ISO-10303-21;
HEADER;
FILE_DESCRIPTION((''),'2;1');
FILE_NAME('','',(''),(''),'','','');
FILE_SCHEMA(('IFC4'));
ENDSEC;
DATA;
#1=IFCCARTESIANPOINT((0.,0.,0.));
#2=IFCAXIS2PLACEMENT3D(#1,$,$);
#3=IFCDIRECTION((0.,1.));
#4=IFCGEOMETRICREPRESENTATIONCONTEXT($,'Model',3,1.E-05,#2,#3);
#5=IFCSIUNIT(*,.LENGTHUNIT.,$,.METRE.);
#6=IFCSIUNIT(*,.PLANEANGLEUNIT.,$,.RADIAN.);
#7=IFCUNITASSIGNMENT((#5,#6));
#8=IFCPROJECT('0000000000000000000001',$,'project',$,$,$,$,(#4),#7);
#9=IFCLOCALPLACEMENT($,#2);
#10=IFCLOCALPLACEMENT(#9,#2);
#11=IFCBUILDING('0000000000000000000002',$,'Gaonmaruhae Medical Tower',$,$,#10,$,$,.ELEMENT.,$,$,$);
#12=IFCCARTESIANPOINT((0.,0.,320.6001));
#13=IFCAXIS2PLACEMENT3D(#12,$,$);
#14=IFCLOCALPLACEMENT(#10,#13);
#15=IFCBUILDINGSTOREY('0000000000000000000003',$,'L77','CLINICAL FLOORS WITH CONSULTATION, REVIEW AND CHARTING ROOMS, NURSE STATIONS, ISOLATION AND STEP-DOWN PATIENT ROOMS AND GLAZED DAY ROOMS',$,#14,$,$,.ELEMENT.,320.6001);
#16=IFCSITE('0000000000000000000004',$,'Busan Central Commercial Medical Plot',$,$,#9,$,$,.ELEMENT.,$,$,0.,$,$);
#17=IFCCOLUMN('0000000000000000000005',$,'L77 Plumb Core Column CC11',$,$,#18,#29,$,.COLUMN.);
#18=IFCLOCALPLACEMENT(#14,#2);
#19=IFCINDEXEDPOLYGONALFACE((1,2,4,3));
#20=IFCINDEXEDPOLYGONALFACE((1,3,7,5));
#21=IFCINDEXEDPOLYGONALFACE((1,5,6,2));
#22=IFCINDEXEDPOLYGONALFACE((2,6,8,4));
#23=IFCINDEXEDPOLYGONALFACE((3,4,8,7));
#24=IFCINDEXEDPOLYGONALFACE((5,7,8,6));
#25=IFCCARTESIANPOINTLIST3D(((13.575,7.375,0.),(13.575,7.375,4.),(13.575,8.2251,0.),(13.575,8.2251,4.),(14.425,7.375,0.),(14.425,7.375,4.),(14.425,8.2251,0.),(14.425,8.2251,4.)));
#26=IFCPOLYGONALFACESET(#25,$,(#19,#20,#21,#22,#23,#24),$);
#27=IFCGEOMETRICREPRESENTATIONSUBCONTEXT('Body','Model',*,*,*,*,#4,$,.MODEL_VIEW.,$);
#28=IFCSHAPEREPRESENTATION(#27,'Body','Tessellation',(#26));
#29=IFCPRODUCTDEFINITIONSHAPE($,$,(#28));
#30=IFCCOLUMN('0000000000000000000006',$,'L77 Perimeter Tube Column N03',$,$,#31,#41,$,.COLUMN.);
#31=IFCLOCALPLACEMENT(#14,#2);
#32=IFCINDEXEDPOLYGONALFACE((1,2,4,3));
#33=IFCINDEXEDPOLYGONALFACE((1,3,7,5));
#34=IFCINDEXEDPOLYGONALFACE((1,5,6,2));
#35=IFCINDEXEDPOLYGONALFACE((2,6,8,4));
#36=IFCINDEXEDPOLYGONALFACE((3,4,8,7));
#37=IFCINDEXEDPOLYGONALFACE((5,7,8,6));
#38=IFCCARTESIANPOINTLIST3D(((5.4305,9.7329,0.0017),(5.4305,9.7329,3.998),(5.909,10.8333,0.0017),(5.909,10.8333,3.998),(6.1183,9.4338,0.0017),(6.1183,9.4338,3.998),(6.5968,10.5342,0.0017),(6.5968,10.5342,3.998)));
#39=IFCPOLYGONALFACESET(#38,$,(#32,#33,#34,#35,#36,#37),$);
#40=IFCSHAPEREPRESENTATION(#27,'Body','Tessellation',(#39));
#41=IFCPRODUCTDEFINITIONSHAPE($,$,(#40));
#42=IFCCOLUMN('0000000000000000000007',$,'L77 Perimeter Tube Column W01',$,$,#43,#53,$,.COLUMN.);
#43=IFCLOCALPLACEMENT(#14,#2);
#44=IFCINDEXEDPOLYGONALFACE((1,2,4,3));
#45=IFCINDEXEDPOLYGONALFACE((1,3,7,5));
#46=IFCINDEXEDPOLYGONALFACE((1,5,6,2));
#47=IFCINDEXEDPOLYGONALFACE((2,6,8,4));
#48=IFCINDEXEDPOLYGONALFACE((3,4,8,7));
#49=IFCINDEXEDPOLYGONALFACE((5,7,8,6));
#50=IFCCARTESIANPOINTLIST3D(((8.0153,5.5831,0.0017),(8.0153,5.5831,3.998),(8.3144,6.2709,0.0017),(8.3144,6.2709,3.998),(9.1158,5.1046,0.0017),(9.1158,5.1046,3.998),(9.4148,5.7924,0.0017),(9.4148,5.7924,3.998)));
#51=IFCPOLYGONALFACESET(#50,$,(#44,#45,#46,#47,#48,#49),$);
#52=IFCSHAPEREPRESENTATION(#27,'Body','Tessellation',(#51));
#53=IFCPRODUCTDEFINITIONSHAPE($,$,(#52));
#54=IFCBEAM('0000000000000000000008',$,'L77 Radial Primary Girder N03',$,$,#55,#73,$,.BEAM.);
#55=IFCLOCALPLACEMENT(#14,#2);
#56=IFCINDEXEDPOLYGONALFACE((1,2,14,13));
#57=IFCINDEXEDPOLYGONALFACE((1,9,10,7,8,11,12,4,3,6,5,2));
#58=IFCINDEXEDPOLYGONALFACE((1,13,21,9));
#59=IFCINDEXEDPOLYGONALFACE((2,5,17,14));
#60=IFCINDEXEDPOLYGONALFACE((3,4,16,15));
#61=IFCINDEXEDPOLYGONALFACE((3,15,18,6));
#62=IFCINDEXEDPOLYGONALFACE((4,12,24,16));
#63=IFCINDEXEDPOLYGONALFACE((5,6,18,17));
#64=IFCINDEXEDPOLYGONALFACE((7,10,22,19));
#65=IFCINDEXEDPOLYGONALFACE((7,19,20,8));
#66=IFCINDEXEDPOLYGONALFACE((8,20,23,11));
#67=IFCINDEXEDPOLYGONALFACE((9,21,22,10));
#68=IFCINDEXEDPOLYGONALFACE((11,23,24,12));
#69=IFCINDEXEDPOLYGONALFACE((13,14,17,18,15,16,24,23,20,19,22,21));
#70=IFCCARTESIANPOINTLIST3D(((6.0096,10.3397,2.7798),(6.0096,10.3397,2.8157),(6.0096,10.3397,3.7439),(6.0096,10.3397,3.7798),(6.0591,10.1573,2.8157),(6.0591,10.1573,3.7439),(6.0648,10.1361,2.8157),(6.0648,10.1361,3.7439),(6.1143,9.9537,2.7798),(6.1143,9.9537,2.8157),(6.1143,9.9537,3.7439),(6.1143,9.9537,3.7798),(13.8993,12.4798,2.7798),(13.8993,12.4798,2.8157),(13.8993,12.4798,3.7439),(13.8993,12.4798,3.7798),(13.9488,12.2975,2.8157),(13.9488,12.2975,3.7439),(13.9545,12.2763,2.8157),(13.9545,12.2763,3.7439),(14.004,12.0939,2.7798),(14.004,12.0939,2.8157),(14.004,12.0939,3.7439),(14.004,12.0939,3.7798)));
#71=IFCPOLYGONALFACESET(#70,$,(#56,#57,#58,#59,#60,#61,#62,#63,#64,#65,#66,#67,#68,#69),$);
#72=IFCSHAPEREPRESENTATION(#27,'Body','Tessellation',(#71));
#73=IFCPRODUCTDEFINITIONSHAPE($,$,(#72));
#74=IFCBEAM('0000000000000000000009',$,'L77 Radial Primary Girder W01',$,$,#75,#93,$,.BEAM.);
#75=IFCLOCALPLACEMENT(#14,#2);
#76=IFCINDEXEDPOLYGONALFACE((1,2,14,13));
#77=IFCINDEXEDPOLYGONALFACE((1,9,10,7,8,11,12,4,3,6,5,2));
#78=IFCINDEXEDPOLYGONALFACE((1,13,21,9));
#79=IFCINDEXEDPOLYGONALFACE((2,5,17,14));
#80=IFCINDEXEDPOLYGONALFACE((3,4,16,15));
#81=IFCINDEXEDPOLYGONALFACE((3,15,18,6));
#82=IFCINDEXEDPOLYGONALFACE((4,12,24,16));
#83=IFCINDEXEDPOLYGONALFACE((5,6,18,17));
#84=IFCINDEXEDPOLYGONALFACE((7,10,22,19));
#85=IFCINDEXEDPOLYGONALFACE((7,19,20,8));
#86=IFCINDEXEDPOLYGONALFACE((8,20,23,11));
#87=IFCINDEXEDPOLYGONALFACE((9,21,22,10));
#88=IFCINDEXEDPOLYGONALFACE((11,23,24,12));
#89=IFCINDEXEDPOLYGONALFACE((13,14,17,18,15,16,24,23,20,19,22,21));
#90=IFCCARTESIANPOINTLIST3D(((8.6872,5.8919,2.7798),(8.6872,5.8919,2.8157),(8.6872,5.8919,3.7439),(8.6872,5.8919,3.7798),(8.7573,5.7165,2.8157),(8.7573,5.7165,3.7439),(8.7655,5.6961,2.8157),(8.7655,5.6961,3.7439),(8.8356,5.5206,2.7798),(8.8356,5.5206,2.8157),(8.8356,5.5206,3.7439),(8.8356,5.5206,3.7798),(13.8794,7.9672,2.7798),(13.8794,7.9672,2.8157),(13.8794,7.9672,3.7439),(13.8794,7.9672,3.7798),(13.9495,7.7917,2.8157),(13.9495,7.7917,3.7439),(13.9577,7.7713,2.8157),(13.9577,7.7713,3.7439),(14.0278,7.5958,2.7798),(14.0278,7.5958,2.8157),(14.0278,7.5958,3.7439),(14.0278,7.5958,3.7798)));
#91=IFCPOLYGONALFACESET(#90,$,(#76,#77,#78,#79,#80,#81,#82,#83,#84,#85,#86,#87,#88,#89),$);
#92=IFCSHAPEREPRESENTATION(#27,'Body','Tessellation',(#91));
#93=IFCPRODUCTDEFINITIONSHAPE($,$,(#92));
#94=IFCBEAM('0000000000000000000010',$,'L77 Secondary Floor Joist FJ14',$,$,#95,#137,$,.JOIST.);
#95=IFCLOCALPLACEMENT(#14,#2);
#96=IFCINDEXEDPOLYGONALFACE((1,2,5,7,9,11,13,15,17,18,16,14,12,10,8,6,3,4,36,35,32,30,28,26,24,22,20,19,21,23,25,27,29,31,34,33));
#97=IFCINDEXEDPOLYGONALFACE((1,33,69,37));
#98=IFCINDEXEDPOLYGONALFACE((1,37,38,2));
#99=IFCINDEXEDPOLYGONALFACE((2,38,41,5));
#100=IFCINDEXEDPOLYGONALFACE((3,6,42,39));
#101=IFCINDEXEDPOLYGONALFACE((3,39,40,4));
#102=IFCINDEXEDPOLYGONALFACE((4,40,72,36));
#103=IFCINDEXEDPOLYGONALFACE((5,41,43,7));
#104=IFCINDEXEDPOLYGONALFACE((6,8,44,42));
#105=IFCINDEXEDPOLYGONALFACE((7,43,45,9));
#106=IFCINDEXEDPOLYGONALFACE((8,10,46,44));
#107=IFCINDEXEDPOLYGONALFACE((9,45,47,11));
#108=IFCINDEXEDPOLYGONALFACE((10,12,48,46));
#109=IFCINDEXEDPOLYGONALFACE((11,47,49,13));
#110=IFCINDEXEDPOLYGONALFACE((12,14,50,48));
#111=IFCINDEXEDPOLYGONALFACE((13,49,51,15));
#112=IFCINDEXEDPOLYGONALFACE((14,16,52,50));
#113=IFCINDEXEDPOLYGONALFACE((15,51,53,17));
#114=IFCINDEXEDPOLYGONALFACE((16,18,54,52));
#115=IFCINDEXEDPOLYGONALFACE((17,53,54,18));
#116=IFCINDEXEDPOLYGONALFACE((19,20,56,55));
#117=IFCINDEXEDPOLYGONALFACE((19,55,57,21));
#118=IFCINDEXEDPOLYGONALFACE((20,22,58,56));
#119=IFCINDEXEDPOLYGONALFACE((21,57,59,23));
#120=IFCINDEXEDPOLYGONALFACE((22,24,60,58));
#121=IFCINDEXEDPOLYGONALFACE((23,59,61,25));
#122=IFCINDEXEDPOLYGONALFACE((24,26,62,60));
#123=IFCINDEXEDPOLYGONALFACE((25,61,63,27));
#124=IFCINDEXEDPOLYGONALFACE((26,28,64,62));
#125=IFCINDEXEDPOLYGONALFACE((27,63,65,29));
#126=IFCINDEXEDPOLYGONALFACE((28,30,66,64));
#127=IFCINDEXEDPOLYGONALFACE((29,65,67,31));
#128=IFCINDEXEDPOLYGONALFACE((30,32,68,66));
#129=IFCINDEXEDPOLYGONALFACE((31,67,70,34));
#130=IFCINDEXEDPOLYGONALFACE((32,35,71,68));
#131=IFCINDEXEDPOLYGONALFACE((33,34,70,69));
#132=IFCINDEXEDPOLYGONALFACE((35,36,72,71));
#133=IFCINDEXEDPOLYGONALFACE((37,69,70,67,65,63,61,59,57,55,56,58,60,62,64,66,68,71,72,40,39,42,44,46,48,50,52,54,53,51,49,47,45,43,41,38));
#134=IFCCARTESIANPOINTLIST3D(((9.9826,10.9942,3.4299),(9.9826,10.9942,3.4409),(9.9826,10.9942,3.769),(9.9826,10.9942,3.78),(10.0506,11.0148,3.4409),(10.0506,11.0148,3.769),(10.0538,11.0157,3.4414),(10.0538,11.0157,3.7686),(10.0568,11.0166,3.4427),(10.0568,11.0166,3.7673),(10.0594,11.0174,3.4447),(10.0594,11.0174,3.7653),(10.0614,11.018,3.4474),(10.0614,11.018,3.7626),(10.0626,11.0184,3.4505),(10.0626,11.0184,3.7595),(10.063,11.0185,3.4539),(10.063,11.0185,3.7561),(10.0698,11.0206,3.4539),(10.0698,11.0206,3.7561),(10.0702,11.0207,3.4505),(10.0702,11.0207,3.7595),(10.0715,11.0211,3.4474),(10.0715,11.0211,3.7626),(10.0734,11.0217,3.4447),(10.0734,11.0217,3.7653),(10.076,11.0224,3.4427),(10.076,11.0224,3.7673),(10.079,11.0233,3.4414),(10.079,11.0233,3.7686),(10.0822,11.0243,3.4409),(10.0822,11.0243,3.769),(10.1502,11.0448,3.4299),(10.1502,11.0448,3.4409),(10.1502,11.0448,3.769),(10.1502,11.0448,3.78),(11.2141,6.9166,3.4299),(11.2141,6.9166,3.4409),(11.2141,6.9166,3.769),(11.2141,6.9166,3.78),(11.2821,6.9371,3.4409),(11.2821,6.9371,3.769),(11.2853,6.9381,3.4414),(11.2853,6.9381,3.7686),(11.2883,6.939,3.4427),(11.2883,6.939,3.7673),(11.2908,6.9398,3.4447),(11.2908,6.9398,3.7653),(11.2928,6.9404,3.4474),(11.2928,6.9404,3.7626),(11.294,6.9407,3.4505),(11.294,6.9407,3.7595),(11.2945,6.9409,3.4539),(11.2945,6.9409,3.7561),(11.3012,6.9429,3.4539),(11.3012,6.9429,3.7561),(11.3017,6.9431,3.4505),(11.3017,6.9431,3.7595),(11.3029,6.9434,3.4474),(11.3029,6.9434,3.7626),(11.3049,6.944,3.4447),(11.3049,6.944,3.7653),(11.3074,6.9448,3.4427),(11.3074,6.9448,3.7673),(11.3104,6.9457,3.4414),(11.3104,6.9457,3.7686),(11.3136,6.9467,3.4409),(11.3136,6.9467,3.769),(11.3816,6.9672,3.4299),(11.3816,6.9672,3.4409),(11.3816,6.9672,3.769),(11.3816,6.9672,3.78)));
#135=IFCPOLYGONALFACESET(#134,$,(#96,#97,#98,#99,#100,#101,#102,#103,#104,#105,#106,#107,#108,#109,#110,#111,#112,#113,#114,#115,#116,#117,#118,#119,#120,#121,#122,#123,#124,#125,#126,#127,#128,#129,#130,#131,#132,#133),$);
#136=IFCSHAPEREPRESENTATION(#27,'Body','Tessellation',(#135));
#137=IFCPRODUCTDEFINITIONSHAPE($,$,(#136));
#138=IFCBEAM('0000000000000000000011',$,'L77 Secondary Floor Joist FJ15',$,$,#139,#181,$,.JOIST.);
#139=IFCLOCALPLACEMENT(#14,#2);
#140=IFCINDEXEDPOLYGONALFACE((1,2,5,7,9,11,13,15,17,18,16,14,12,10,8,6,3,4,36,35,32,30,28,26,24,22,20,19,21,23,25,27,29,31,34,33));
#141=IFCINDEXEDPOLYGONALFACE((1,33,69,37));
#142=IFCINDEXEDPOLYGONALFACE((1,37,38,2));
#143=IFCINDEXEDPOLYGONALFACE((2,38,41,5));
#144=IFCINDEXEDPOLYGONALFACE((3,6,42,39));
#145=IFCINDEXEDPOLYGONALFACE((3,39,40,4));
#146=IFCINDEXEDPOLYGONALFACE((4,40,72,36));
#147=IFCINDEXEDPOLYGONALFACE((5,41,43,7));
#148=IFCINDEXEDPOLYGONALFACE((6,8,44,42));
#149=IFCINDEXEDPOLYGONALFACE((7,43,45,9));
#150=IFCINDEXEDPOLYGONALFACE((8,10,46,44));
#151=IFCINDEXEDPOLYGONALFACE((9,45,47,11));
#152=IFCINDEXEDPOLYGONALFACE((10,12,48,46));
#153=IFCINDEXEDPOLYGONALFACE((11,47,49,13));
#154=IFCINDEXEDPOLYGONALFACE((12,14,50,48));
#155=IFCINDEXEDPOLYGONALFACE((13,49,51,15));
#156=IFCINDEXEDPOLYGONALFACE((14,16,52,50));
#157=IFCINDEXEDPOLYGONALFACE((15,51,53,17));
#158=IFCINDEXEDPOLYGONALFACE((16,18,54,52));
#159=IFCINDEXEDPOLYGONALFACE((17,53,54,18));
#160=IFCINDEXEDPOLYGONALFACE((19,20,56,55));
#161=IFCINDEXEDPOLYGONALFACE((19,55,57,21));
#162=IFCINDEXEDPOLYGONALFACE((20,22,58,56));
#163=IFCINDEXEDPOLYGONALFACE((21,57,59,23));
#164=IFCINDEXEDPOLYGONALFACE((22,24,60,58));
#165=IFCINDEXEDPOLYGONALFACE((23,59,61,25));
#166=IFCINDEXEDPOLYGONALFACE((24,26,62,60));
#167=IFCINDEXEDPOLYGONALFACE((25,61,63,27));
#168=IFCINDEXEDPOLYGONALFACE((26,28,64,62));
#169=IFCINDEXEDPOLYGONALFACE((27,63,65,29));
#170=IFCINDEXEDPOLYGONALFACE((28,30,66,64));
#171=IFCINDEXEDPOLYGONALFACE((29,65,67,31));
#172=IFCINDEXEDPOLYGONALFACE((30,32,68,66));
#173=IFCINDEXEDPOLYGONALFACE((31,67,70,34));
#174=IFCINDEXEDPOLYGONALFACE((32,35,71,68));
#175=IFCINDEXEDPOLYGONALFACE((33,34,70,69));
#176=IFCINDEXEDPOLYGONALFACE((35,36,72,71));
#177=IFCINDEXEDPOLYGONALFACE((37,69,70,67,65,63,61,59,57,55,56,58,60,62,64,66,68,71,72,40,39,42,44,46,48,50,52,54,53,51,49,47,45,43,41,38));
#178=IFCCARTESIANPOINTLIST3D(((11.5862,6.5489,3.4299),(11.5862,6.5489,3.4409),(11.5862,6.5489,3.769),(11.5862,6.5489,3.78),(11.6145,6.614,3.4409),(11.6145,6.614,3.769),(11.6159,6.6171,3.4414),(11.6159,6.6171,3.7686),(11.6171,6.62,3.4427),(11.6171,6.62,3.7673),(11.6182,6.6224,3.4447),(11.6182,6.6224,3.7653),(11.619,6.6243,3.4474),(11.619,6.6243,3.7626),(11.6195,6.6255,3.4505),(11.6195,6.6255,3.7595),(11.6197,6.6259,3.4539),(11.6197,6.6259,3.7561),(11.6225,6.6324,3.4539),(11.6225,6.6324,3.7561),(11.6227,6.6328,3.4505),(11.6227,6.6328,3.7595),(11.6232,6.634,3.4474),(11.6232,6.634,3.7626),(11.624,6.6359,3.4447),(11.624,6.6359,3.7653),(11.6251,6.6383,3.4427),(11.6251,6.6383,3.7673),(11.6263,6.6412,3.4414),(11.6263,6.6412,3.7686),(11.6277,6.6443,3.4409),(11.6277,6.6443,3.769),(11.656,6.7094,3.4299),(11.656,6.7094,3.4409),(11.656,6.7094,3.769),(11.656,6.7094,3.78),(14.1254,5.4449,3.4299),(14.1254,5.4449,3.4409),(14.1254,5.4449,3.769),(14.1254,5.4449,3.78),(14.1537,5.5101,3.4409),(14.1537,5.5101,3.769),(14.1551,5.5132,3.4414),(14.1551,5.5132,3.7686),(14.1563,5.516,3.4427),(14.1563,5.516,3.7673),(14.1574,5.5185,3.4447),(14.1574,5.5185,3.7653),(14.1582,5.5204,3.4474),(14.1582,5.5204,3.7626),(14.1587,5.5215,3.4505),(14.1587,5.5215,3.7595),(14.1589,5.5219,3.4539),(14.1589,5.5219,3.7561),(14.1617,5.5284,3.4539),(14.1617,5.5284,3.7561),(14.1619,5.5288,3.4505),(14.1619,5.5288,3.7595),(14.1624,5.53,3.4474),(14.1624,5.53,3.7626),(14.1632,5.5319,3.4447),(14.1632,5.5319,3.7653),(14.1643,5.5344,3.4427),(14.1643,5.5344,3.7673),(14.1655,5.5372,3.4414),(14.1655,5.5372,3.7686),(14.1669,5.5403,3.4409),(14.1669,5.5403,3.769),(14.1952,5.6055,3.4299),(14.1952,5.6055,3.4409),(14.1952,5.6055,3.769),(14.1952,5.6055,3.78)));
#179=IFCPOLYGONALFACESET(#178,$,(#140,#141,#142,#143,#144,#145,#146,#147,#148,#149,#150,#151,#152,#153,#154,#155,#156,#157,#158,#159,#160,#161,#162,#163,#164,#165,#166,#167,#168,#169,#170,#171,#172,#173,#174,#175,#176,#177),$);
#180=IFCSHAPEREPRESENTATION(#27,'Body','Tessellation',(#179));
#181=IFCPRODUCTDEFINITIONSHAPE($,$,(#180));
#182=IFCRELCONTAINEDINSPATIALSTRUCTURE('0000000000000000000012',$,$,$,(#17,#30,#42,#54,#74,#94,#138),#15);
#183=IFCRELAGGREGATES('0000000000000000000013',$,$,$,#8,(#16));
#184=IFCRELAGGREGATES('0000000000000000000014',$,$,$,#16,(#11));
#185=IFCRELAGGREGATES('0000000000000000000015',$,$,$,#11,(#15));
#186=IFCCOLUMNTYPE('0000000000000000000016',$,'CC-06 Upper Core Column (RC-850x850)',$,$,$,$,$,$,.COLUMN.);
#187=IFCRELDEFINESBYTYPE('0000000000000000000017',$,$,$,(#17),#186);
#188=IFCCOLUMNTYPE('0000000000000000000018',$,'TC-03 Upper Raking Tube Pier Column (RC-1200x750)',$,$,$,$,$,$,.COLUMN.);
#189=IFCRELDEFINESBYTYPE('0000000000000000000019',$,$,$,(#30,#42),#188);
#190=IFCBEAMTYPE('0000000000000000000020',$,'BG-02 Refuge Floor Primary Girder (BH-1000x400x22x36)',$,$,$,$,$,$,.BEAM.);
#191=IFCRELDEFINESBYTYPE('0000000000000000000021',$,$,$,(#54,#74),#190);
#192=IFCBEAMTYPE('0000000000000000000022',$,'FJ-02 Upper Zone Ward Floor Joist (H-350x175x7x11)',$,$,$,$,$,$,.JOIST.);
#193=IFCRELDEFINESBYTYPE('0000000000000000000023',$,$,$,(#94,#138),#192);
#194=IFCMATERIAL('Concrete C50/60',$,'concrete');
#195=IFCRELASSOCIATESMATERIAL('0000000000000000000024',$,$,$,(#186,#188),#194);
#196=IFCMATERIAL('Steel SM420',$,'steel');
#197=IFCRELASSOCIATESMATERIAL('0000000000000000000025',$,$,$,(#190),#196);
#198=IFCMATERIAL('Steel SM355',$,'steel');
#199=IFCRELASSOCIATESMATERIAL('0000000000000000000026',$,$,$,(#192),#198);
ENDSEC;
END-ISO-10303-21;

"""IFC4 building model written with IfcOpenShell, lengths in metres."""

from ifc_helpers import new_model, si_unit, direction, frame, origin, origin_2d, place, context, subcontext, project, spatial, rectangle, i_section, extrude, material, material_profile, profile_set, type_object, element, save


model = new_model("IFC4")

# Units and contexts
model_context = context("Model", 3, precision=1e-05, world=origin(), true_north=direction((0.0, 1.0)))
body_context = subcontext(model_context, "Body", "Model", "MODEL_VIEW")
ifc_project = project(units=[si_unit("LENGTHUNIT", "METRE"), si_unit("PLANEANGLEUNIT", "RADIAN")], contexts=[model_context])

# Site, building, storey
site_placement = place(None, origin())
site = spatial("IfcSite", under=ifc_project, at=site_placement, Name="Busan Central Commercial Medical Plot", CompositionType="ELEMENT", RefElevation=0.0)
building_placement = place(site_placement, origin())
building = spatial("IfcBuilding", under=site, at=building_placement, Name="Gaonmaruhae Medical Tower", CompositionType="ELEMENT")
storey_placement = place(building_placement, frame((0.0, 0.0, 320.6001)))
storey = spatial("IfcBuildingStorey", under=building, at=storey_placement, Name="L77", Description="CLINICAL FLOORS WITH CONSULTATION, REVIEW AND CHARTING ROOMS, NURSE STATIONS, ISOLATION AND STEP-DOWN PATIENT ROOMS AND GLAZED DAY ROOMS", CompositionType="ELEMENT", Elevation=320.6001)

# Columns
ifc_material_1 = material(Name="Concrete C50/60", Category="concrete")
ifc_material_profile_1 = material_profile(ifc_material_1, rectangle(XDim=0.8501, YDim=0.8501, at=origin_2d()), Name="RC-850x850")
ifc_profile_set_1 = profile_set([ifc_material_profile_1], Name="Concrete C50/60")
column_type_1 = type_object("IfcColumnType", Name="CC-06 Upper Core Column (RC-850x850)", PredefinedType="COLUMN", material=ifc_profile_set_1)
column_placement = place(storey_placement, frame((14.0, 7.8, 0.0), z_axis=(0.0, 0.0, 1.0), x_axis=(1.0, 0.0, 0.0)))
element("IfcColumn", 1, at=column_placement, inside=storey, type_object=column_type_1, Name="L77 Plumb Core Column CC11", PredefinedType="COLUMN", context=body_context, shape_type="SweptSolid", body=[
    extrude(rectangle(XDim=0.8501, YDim=0.8501, at=origin_2d()), origin(), (0.0, 0.0, 1.0), 4.0),
])
ifc_material_profile_2 = material_profile(ifc_material_1, rectangle(XDim=1.2, YDim=0.75, at=origin_2d()), Name="RC-1200x750")
ifc_profile_set_2 = profile_set([ifc_material_profile_2], Name="Concrete C50/60")
column_type_2 = type_object("IfcColumnType", Name="TC-03 Upper Raking Tube Pier Column (RC-1200x750)", PredefinedType="COLUMN", material=ifc_profile_set_2)
for number, where, z_axis, x_axis, name in (
    (2, (6.0137, 10.1335, 0.0017), (0.0, 0.0, 1.0), (0.398749, 0.91706, 0.0), "L77 Perimeter Tube Column N03"),
    (3, (8.7151, 5.6877, 0.0017), (0.0, 0.0, 1.0), (-0.91706, 0.398749, 0.0), "L77 Perimeter Tube Column W01"),
):
    element("IfcColumn", number, at=place(storey_placement, frame(where, z_axis=z_axis, x_axis=x_axis)), inside=storey, type_object=column_type_2, Name=name, PredefinedType="COLUMN", context=body_context, shape_type="SweptSolid", body=[
        extrude(rectangle(XDim=1.2, YDim=0.75, at=origin_2d()), origin(), (0.0, 0.0, 1.0), 3.9963),
    ])

# Beams
ifc_material_2 = material(Name="Steel SM420", Category="steel")
ifc_material_profile_3 = material_profile(ifc_material_2, i_section(OverallWidth=0.3999, OverallDepth=1.0, WebThickness=0.022, FlangeThickness=0.0359, at=origin_2d()), Name="BH-1000x400x22x36")
ifc_profile_set_3 = profile_set([ifc_material_profile_3], Name="Steel SM420")
beam_type_1 = type_object("IfcBeamType", Name="BG-02 Refuge Floor Primary Girder (BH-1000x400x22x36)", PredefinedType="BEAM", material=ifc_profile_set_3)
beam_1_placement = place(storey_placement, frame((13.9517, 12.2869, 3.2798), z_axis=(-0.965123, -0.261798, 0.0), x_axis=(0.261798, -0.965123, 0.0)))
element("IfcBeam", 4, at=beam_1_placement, inside=storey, type_object=beam_type_1, Name="L77 Radial Primary Girder N03", PredefinedType="BEAM", context=body_context, shape_type="SweptSolid", body=[
    extrude(i_section(OverallWidth=0.3999, OverallDepth=1.0, WebThickness=0.022, FlangeThickness=0.0359, at=origin_2d()), origin(), (0.0, 0.0, 1.0), 8.1748),
])
beam_2_placement = place(storey_placement, frame((13.9536, 7.7815, 3.2798), z_axis=(-0.928579, -0.371135, 0.0), x_axis=(0.371135, -0.928579, 0.0)))
element("IfcBeam", 5, at=beam_2_placement, inside=storey, type_object=beam_type_1, Name="L77 Radial Primary Girder W01", PredefinedType="BEAM", context=body_context, shape_type="SweptSolid", body=[
    extrude(i_section(OverallWidth=0.3999, OverallDepth=1.0, WebThickness=0.022, FlangeThickness=0.0359, at=origin_2d()), origin(), (0.0, 0.0, 1.0), 5.5916),
])
ifc_material_3 = material(Name="Steel SM355", Category="steel")
ifc_material_profile_4 = material_profile(ifc_material_3, i_section(OverallWidth=0.175, OverallDepth=0.3501, WebThickness=0.0071, FlangeThickness=0.011, FilletRadius=0.0129, at=origin_2d()), Name="H-350x175x7x11")
ifc_profile_set_4 = profile_set([ifc_material_profile_4], Name="Steel SM355")
beam_type_2 = type_object("IfcBeamType", Name="FJ-02 Upper Zone Ward Floor Joist (H-350x175x7x11)", PredefinedType="JOIST", material=ifc_profile_set_4)
beam_3_placement = place(storey_placement, frame((10.0664, 11.0195, 3.605), z_axis=(0.289104, -0.957298, 0.0), x_axis=(0.957298, 0.289104, 0.0)))
element("IfcBeam", 6, at=beam_3_placement, inside=storey, type_object=beam_type_2, Name="L77 Secondary Floor Joist FJ14", PredefinedType="JOIST", context=body_context, shape_type="SweptSolid", body=[
    extrude(i_section(OverallWidth=0.175, OverallDepth=0.3501, WebThickness=0.0071, FlangeThickness=0.011, FilletRadius=0.0129, at=origin_2d()), origin(), (0.0, 0.0, 1.0), 4.2595),
])
beam_4_placement = place(storey_placement, frame((11.6211, 6.6292, 3.605), z_axis=(0.917076, -0.398713, 0.0), x_axis=(0.398713, 0.917076, 0.0)))
element("IfcBeam", 7, at=beam_4_placement, inside=storey, type_object=beam_type_2, Name="L77 Secondary Floor Joist FJ15", PredefinedType="JOIST", context=body_context, shape_type="SweptSolid", body=[
    extrude(i_section(OverallWidth=0.175, OverallDepth=0.3501, WebThickness=0.0071, FlangeThickness=0.011, FilletRadius=0.0129, at=origin_2d()), origin(), (0.0, 0.0, 1.0), 2.7688),
])

save(model, "model.ifc")
